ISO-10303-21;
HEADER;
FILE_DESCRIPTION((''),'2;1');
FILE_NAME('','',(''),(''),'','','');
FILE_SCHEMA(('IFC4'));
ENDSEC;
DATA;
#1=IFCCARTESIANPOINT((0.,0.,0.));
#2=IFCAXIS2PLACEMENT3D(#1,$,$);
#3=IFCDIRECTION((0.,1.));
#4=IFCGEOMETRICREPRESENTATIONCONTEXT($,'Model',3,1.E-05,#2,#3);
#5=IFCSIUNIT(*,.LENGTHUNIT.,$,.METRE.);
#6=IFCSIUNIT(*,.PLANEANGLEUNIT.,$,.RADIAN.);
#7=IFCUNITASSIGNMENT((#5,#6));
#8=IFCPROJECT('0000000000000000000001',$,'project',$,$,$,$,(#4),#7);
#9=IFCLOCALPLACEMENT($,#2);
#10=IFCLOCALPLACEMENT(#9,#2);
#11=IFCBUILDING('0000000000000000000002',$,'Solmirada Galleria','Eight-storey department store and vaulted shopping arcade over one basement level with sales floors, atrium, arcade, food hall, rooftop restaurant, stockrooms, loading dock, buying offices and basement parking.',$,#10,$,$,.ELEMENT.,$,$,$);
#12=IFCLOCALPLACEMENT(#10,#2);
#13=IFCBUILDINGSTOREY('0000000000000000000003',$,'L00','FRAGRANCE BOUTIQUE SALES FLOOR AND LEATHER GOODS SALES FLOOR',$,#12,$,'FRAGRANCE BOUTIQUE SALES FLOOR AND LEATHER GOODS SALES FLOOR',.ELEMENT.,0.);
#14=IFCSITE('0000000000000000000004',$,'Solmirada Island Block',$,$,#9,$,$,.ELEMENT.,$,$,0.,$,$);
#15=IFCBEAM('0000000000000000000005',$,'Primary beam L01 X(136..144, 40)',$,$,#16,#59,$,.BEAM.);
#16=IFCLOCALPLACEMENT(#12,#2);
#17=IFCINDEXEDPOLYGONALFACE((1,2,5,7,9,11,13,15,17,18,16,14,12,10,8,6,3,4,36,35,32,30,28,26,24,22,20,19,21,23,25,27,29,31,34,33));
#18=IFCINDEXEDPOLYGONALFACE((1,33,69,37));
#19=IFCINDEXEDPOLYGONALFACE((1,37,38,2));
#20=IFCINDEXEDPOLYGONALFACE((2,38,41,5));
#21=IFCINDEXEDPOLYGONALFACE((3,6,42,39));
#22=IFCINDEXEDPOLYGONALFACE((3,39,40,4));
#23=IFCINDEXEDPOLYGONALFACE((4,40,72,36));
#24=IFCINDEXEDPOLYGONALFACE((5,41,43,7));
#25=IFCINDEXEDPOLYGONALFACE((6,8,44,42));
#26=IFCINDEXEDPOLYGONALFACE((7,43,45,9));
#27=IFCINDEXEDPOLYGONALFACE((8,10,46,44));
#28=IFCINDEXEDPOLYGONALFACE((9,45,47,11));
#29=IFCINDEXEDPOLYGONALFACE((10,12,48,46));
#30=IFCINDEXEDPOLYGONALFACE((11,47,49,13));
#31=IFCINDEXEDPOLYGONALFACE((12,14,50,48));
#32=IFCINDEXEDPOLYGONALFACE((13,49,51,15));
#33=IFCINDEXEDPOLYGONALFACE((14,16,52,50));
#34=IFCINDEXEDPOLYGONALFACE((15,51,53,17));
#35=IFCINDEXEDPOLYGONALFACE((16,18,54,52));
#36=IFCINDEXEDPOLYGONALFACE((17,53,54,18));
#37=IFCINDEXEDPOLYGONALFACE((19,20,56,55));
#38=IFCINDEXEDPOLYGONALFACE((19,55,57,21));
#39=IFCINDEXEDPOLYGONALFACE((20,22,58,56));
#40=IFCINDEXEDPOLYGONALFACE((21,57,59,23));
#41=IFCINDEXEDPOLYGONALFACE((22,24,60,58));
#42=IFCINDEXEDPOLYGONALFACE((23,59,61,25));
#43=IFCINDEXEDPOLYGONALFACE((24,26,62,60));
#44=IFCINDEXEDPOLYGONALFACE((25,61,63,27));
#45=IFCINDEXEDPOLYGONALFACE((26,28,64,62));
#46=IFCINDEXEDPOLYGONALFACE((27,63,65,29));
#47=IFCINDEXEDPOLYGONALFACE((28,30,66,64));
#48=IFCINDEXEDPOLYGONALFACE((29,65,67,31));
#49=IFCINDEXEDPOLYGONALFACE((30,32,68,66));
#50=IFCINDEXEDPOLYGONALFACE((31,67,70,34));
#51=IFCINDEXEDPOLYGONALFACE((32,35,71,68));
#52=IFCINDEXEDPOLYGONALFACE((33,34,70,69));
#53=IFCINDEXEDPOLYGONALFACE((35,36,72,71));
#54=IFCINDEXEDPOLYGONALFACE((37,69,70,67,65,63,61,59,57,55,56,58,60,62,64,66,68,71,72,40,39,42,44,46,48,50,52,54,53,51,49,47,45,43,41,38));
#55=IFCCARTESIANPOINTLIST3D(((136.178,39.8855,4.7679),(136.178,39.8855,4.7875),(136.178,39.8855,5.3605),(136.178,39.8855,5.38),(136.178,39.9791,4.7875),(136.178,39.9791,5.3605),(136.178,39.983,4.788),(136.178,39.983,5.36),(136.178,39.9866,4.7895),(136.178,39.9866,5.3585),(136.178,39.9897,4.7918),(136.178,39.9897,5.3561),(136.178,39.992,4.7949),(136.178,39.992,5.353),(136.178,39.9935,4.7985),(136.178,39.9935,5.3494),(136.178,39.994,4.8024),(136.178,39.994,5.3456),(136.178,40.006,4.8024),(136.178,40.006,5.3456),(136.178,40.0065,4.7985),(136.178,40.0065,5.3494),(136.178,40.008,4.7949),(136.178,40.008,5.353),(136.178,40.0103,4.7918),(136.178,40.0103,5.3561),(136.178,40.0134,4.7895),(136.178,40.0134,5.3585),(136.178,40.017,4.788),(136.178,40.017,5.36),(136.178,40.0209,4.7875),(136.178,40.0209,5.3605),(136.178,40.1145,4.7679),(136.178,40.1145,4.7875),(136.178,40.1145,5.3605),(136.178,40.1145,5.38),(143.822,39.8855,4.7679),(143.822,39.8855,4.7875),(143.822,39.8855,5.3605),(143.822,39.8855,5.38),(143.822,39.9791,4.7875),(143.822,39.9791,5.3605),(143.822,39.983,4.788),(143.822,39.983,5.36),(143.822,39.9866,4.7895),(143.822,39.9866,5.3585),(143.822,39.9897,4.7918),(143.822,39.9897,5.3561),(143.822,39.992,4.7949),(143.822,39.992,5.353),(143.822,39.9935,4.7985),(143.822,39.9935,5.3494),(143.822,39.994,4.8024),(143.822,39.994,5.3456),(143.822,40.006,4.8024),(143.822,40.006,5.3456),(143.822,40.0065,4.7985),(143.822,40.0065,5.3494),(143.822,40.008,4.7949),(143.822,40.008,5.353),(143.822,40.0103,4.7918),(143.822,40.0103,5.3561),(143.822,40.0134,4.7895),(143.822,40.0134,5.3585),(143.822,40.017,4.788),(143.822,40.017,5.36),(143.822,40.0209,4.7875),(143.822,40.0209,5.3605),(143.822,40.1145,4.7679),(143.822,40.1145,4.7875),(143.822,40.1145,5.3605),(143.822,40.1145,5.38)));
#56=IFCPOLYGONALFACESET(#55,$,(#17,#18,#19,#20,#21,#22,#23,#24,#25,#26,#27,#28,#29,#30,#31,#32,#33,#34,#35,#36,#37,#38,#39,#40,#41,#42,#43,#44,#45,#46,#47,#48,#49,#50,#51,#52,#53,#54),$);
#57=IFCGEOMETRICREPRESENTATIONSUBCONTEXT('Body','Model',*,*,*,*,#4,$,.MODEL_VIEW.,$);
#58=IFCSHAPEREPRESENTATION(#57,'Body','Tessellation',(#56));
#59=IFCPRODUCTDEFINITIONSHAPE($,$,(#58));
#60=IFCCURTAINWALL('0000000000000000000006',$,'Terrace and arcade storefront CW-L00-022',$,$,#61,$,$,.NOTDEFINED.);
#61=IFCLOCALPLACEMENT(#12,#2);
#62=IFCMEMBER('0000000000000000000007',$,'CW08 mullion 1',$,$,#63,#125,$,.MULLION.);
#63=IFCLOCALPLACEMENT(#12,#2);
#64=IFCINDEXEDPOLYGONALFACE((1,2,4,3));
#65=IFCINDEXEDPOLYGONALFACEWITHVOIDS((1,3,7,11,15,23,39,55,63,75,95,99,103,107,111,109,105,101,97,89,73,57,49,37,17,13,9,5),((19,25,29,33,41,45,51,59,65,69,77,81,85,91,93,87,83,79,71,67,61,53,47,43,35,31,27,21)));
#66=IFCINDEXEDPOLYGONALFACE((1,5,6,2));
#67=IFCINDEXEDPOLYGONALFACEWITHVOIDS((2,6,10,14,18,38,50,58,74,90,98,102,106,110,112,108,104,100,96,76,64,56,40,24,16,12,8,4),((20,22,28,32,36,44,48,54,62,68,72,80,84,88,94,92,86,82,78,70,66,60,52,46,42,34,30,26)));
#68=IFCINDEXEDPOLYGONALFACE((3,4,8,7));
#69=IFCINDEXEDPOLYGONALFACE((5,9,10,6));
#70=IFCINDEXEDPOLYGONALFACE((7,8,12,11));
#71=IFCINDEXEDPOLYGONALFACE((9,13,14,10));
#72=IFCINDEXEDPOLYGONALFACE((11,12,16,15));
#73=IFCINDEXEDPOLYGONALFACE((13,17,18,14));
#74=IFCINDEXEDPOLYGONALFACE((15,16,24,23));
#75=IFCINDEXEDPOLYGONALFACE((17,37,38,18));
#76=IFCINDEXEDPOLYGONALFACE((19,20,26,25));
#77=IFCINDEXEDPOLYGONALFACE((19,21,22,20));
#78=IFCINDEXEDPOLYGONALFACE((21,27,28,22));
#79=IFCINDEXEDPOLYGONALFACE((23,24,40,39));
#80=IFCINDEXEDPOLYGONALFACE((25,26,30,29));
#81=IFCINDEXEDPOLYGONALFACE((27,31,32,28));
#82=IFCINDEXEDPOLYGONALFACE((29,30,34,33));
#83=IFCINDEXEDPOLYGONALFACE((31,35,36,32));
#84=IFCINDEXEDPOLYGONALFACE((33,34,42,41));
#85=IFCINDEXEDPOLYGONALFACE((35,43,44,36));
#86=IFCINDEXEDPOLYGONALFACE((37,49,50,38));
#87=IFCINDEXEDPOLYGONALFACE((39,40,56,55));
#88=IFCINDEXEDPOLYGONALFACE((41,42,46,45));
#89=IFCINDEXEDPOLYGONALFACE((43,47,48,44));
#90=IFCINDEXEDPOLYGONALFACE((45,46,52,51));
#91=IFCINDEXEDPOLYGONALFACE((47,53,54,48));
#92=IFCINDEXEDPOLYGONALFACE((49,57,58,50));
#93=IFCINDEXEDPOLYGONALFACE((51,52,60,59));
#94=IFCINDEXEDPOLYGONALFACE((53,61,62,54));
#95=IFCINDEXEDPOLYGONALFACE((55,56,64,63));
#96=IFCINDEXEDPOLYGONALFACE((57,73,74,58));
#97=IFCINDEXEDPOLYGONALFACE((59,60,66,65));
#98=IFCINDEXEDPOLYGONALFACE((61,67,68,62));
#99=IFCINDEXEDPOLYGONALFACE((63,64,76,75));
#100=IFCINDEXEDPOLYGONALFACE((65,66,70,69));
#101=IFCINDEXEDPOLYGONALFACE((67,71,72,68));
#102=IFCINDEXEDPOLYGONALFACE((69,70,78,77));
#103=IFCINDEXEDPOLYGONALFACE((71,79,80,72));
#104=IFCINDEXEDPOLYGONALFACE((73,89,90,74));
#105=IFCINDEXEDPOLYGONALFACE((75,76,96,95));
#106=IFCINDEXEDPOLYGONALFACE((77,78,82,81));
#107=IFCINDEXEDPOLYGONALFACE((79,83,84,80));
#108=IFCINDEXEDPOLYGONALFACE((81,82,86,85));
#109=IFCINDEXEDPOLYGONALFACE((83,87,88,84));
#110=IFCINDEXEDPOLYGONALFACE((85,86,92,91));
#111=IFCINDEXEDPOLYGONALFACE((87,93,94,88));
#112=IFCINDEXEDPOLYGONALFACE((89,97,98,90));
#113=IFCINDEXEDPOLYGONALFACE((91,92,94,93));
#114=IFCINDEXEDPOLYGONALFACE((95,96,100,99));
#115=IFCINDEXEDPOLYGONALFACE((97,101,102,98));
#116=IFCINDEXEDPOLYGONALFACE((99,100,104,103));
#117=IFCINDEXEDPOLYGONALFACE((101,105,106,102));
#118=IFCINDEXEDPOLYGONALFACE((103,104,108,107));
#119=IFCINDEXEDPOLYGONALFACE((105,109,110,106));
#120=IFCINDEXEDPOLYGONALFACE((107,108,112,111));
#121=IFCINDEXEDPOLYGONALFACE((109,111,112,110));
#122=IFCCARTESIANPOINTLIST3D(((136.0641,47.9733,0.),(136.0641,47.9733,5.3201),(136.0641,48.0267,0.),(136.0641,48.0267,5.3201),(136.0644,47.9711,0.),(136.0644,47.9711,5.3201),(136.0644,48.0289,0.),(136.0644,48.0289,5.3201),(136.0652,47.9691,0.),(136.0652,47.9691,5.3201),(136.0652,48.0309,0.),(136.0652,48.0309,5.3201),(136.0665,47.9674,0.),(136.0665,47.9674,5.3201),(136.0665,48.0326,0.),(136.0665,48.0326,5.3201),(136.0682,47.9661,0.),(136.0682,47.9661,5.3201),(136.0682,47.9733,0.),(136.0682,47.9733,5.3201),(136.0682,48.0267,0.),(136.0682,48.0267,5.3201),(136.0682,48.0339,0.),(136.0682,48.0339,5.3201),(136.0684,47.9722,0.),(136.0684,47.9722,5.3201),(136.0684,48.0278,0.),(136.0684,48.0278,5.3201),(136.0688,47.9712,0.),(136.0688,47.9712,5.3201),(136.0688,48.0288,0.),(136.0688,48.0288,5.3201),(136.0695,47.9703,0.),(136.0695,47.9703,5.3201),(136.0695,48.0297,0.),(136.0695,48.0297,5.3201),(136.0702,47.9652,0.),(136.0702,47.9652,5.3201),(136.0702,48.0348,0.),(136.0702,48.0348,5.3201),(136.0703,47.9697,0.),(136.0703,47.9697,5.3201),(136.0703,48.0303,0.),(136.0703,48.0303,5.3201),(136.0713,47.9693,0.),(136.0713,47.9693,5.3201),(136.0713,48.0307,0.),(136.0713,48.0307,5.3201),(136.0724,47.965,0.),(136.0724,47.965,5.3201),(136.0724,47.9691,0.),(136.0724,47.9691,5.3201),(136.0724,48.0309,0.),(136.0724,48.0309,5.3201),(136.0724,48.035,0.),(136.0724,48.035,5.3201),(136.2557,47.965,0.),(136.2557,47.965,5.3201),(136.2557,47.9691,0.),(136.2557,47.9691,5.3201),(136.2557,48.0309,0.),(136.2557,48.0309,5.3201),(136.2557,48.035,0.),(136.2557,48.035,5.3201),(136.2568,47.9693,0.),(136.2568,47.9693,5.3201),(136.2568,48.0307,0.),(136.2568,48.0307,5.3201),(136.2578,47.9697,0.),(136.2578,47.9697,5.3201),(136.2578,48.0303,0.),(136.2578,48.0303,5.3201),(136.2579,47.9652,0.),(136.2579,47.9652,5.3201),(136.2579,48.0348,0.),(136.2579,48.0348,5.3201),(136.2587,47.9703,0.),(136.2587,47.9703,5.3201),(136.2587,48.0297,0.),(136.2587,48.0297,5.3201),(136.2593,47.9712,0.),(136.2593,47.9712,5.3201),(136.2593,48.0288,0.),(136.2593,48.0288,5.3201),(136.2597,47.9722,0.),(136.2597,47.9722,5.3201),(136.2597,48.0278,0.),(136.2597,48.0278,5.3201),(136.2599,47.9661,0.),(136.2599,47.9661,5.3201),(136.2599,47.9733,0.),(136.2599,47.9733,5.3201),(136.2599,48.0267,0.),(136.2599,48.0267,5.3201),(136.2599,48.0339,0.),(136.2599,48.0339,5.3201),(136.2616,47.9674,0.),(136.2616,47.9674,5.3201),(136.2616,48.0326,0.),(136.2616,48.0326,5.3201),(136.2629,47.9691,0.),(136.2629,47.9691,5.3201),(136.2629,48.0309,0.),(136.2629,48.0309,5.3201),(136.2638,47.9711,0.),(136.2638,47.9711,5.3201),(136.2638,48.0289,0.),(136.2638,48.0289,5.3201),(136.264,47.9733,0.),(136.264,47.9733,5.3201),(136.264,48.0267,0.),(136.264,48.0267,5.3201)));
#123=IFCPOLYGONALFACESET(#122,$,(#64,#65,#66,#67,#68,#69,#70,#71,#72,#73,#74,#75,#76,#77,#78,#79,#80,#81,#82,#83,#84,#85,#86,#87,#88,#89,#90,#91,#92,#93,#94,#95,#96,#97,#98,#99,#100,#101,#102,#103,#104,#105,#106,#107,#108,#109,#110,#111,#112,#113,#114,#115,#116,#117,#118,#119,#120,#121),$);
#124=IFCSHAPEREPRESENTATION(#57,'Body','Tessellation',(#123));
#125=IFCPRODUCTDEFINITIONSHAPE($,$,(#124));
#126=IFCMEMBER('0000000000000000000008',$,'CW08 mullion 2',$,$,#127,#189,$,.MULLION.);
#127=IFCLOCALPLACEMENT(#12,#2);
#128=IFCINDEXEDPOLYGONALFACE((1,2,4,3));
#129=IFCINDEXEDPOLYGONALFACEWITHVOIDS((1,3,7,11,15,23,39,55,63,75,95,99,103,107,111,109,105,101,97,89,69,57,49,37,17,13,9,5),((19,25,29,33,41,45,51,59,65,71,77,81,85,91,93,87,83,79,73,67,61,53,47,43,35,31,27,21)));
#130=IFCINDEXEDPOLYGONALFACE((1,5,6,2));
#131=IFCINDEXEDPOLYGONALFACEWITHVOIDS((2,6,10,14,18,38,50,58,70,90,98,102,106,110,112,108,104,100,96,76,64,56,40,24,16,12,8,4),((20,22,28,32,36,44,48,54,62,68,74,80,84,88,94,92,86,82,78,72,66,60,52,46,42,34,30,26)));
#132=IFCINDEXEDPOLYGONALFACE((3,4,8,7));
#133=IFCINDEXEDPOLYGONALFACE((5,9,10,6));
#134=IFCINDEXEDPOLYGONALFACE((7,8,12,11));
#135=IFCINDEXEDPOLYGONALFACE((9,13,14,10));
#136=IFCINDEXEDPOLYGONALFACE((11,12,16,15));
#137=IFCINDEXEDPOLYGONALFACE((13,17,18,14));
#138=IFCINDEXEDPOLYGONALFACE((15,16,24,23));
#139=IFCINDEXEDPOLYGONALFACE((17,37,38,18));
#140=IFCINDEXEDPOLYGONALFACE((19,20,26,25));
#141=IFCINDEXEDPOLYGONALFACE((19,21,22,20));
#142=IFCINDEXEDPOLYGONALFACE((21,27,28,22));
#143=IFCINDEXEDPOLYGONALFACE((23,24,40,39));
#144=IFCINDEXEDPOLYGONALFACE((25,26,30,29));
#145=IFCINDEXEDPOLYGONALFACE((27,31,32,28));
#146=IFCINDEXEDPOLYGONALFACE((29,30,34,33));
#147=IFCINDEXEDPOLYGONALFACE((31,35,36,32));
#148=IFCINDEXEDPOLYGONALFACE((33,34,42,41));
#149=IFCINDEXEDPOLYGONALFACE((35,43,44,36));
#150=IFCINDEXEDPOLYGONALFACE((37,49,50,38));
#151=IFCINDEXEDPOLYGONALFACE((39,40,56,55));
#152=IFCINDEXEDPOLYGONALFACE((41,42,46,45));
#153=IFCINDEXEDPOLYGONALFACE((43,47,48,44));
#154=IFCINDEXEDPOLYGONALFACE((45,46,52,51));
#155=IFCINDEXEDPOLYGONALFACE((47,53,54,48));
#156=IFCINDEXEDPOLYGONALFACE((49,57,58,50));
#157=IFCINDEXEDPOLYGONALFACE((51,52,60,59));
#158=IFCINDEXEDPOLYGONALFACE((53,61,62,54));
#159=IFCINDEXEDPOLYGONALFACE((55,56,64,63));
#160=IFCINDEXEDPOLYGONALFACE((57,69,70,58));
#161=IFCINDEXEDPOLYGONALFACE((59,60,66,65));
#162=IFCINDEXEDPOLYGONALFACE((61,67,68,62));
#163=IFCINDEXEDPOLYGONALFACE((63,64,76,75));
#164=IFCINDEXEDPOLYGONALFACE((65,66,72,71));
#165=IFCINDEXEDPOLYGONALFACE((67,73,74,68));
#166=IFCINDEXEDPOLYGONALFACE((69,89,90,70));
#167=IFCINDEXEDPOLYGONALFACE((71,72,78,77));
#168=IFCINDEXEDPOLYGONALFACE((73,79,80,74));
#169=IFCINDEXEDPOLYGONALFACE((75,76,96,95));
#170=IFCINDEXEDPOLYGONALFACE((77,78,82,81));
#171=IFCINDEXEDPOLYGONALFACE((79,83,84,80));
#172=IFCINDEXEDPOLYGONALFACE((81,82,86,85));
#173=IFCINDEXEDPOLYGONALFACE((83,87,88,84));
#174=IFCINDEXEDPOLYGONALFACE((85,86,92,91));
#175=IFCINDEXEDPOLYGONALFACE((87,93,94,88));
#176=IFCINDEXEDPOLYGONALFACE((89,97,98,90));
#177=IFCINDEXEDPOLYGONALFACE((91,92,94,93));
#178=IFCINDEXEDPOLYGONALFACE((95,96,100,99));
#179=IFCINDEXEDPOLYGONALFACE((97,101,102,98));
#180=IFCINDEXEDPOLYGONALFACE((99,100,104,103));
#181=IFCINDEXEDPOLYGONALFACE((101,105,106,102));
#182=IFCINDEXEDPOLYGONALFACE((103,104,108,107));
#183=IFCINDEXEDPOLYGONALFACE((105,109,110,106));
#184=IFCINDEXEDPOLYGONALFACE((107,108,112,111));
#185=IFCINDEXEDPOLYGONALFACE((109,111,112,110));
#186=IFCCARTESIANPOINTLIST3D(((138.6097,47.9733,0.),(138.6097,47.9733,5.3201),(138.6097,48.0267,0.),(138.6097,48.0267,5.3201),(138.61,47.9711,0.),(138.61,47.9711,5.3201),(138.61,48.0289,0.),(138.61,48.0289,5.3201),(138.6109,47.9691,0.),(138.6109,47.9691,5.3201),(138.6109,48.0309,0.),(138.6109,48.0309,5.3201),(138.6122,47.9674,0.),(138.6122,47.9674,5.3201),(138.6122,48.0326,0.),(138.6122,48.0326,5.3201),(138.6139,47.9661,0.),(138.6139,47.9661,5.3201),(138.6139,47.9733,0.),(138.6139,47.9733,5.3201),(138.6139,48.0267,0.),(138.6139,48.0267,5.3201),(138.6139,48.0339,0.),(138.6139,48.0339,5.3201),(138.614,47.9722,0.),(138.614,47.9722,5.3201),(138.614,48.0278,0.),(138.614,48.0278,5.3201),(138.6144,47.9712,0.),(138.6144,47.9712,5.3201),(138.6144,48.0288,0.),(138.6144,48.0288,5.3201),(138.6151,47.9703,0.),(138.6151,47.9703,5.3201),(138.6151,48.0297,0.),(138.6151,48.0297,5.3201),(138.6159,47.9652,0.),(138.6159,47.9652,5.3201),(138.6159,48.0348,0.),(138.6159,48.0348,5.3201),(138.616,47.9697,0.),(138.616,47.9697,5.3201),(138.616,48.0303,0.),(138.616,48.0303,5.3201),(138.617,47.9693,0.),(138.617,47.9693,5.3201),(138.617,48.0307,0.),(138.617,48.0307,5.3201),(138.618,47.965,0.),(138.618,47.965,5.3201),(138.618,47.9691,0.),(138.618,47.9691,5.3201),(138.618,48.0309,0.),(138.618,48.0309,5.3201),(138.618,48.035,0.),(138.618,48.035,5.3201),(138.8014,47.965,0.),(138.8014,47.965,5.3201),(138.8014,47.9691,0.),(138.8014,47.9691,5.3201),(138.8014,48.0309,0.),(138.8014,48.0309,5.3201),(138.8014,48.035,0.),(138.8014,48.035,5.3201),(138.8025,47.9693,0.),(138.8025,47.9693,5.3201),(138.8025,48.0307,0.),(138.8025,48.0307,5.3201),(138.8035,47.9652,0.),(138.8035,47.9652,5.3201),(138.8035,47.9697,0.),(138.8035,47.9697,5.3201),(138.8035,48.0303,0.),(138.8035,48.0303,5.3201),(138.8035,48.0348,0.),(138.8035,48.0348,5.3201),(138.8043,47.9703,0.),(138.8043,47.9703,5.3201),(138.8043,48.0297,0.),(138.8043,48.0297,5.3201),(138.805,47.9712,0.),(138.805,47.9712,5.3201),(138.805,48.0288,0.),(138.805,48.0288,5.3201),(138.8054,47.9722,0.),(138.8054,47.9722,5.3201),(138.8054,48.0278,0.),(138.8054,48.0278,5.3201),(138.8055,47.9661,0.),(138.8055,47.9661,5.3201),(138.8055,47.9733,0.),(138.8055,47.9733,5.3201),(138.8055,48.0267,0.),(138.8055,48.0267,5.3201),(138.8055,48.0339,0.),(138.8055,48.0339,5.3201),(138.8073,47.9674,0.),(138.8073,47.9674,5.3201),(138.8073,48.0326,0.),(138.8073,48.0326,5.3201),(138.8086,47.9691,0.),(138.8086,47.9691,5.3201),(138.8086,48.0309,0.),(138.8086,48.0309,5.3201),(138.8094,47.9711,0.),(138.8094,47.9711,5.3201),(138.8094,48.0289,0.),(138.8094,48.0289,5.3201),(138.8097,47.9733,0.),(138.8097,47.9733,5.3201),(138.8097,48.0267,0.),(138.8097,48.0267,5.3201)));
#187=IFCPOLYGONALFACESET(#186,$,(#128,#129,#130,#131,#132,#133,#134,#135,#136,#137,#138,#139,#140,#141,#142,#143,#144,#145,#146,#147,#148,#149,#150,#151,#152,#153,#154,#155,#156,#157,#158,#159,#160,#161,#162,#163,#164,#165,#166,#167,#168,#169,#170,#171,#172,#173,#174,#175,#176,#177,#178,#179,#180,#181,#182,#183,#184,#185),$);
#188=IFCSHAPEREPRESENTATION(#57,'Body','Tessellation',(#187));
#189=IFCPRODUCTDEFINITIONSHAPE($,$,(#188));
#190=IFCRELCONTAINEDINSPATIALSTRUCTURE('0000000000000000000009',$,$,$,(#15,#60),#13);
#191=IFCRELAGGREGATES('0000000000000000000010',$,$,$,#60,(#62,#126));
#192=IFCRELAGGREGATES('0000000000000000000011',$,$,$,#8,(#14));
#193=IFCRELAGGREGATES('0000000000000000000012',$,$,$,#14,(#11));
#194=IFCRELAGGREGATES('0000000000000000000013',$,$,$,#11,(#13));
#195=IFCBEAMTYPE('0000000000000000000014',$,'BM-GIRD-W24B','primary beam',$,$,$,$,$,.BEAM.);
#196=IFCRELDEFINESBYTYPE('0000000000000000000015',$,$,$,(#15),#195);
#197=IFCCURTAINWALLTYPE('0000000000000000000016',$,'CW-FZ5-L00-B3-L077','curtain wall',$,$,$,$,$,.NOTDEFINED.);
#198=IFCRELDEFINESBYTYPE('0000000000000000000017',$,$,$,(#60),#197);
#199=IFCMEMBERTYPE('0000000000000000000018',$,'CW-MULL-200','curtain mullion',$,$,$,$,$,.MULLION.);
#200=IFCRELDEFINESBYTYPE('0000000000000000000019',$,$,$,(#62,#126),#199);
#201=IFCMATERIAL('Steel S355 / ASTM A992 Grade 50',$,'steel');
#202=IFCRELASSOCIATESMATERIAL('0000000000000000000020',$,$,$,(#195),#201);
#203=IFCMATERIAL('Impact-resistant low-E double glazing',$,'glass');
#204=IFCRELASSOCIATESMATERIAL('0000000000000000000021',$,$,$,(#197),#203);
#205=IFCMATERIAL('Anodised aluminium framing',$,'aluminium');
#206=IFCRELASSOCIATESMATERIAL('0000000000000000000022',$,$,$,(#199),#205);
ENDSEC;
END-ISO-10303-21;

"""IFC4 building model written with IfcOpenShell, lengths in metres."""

from ifc_helpers import new_model, si_unit, direction, frame, origin, origin_2d, place, context, subcontext, project, spatial, hollow_rectangle, i_section, extrude, material, material_profile, profile_set, type_object, element, aggregate, save


model = new_model("IFC4")

# Units and contexts
model_context = context("Model", 3, precision=1e-05, world=origin(), true_north=direction((0.0, 1.0)))
body_context = subcontext(model_context, "Body", "Model", "MODEL_VIEW")
ifc_project = project(units=[si_unit("LENGTHUNIT", "METRE"), si_unit("PLANEANGLEUNIT", "RADIAN")], contexts=[model_context])

# Site, building, storey
site_placement = place(None, origin())
site = spatial("IfcSite", under=ifc_project, at=site_placement, Name="Solmirada Island Block", CompositionType="ELEMENT", RefElevation=0.0)
building_placement = place(site_placement, origin())
building = spatial("IfcBuilding", under=site, at=building_placement, Name="Solmirada Galleria", Description="Eight-storey department store and vaulted shopping arcade over one basement level with sales floors, atrium, arcade, food hall, rooftop restaurant, stockrooms, loading dock, buying offices and basement parking.", CompositionType="ELEMENT")
storey_placement = place(building_placement, origin())
storey = spatial("IfcBuildingStorey", under=building, at=storey_placement, Name="L00", Description="FRAGRANCE BOUTIQUE SALES FLOOR AND LEATHER GOODS SALES FLOOR", LongName="FRAGRANCE BOUTIQUE SALES FLOOR AND LEATHER GOODS SALES FLOOR", CompositionType="ELEMENT", Elevation=0.0)

# Beam
ifc_material_1 = material(Name="Steel S355 / ASTM A992 Grade 50", Category="steel")
ifc_material_profile_1 = material_profile(ifc_material_1, i_section(OverallWidth=0.229, OverallDepth=0.6121, WebThickness=0.012, FlangeThickness=0.0195, FilletRadius=0.0149, at=origin_2d()), Name="W24X84")
ifc_profile_set_1 = profile_set([ifc_material_profile_1], Name="Steel S355 / ASTM A992 Grade 50")
beam_type = type_object("IfcBeamType", Name="BM-GIRD-W24B", Description="primary beam", PredefinedType="BEAM", material=ifc_profile_set_1)
beam_placement = place(storey_placement, frame((136.178, 40.0, 5.074), z_axis=(1.0, 0.0, 0.0), x_axis=(0.0, 1.0, 0.0)))
element("IfcBeam", 1, at=beam_placement, inside=storey, type_object=beam_type, Name="Primary beam L01 X(136..144, 40)", PredefinedType="BEAM", context=body_context, shape_type="SweptSolid", body=[
    extrude(i_section(OverallWidth=0.229, OverallDepth=0.6121, WebThickness=0.012, FlangeThickness=0.0195, FilletRadius=0.0149, at=origin_2d()), origin(), (0.0, 0.0, 1.0), 7.644),
])

# Curtain wall, members
ifc_material_2 = material(Name="Impact-resistant low-E double glazing", Category="glass")
curtain_wall_type = type_object("IfcCurtainWallType", Name="CW-FZ5-L00-B3-L077", Description="curtain wall", PredefinedType="NOTDEFINED", material=ifc_material_2)
curtain_wall_placement = place(storey_placement, origin())
curtain_wall = element("IfcCurtainWall", 2, at=curtain_wall_placement, inside=storey, type_object=curtain_wall_type, Name="Terrace and arcade storefront CW-L00-022", PredefinedType="NOTDEFINED")
ifc_material_3 = material(Name="Anodised aluminium framing", Category="aluminium")
ifc_material_profile_2 = material_profile(ifc_material_3, hollow_rectangle(XDim=0.0701, YDim=0.2, WallThickness=0.0042, InnerFilletRadius=0.0042, OuterFilletRadius=0.0083, at=origin_2d()), Name="ALU-MULL-200X70")
ifc_profile_set_2 = profile_set([ifc_material_profile_2], Name="Anodised aluminium framing")
member_type_1 = type_object("IfcMemberType", Name="CW-MULL-200", Description="curtain mullion", PredefinedType="MULLION", material=ifc_profile_set_2)
member_1_placement = place(storey_placement, frame((136.1641, 48.0, 0.0), z_axis=(0.0, 0.0, 1.0), x_axis=(0.0, 1.0, 0.0)))
member_1 = element("IfcMember", 3, at=member_1_placement, type_object=member_type_1, Name="CW08 mullion 1", PredefinedType="MULLION", context=body_context, shape_type="SweptSolid", body=[
    extrude(hollow_rectangle(XDim=0.0701, YDim=0.2, WallThickness=0.0042, InnerFilletRadius=0.0042, OuterFilletRadius=0.0083, at=origin_2d()), origin(), (0.0, 0.0, 1.0), 5.3201),
])
member_2_placement = place(storey_placement, frame((138.7097, 48.0, 0.0), z_axis=(0.0, 0.0, 1.0), x_axis=(0.0, 1.0, 0.0)))
member_2 = element("IfcMember", 4, at=member_2_placement, type_object=member_type_1, Name="CW08 mullion 2", PredefinedType="MULLION", context=body_context, shape_type="SweptSolid", body=[
    extrude(hollow_rectangle(XDim=0.0701, YDim=0.2, WallThickness=0.0042, InnerFilletRadius=0.0042, OuterFilletRadius=0.0083, at=origin_2d()), origin(), (0.0, 0.0, 1.0), 5.3201),
])
aggregate(curtain_wall, [member_1, member_2])

save(model, "model.ifc")
